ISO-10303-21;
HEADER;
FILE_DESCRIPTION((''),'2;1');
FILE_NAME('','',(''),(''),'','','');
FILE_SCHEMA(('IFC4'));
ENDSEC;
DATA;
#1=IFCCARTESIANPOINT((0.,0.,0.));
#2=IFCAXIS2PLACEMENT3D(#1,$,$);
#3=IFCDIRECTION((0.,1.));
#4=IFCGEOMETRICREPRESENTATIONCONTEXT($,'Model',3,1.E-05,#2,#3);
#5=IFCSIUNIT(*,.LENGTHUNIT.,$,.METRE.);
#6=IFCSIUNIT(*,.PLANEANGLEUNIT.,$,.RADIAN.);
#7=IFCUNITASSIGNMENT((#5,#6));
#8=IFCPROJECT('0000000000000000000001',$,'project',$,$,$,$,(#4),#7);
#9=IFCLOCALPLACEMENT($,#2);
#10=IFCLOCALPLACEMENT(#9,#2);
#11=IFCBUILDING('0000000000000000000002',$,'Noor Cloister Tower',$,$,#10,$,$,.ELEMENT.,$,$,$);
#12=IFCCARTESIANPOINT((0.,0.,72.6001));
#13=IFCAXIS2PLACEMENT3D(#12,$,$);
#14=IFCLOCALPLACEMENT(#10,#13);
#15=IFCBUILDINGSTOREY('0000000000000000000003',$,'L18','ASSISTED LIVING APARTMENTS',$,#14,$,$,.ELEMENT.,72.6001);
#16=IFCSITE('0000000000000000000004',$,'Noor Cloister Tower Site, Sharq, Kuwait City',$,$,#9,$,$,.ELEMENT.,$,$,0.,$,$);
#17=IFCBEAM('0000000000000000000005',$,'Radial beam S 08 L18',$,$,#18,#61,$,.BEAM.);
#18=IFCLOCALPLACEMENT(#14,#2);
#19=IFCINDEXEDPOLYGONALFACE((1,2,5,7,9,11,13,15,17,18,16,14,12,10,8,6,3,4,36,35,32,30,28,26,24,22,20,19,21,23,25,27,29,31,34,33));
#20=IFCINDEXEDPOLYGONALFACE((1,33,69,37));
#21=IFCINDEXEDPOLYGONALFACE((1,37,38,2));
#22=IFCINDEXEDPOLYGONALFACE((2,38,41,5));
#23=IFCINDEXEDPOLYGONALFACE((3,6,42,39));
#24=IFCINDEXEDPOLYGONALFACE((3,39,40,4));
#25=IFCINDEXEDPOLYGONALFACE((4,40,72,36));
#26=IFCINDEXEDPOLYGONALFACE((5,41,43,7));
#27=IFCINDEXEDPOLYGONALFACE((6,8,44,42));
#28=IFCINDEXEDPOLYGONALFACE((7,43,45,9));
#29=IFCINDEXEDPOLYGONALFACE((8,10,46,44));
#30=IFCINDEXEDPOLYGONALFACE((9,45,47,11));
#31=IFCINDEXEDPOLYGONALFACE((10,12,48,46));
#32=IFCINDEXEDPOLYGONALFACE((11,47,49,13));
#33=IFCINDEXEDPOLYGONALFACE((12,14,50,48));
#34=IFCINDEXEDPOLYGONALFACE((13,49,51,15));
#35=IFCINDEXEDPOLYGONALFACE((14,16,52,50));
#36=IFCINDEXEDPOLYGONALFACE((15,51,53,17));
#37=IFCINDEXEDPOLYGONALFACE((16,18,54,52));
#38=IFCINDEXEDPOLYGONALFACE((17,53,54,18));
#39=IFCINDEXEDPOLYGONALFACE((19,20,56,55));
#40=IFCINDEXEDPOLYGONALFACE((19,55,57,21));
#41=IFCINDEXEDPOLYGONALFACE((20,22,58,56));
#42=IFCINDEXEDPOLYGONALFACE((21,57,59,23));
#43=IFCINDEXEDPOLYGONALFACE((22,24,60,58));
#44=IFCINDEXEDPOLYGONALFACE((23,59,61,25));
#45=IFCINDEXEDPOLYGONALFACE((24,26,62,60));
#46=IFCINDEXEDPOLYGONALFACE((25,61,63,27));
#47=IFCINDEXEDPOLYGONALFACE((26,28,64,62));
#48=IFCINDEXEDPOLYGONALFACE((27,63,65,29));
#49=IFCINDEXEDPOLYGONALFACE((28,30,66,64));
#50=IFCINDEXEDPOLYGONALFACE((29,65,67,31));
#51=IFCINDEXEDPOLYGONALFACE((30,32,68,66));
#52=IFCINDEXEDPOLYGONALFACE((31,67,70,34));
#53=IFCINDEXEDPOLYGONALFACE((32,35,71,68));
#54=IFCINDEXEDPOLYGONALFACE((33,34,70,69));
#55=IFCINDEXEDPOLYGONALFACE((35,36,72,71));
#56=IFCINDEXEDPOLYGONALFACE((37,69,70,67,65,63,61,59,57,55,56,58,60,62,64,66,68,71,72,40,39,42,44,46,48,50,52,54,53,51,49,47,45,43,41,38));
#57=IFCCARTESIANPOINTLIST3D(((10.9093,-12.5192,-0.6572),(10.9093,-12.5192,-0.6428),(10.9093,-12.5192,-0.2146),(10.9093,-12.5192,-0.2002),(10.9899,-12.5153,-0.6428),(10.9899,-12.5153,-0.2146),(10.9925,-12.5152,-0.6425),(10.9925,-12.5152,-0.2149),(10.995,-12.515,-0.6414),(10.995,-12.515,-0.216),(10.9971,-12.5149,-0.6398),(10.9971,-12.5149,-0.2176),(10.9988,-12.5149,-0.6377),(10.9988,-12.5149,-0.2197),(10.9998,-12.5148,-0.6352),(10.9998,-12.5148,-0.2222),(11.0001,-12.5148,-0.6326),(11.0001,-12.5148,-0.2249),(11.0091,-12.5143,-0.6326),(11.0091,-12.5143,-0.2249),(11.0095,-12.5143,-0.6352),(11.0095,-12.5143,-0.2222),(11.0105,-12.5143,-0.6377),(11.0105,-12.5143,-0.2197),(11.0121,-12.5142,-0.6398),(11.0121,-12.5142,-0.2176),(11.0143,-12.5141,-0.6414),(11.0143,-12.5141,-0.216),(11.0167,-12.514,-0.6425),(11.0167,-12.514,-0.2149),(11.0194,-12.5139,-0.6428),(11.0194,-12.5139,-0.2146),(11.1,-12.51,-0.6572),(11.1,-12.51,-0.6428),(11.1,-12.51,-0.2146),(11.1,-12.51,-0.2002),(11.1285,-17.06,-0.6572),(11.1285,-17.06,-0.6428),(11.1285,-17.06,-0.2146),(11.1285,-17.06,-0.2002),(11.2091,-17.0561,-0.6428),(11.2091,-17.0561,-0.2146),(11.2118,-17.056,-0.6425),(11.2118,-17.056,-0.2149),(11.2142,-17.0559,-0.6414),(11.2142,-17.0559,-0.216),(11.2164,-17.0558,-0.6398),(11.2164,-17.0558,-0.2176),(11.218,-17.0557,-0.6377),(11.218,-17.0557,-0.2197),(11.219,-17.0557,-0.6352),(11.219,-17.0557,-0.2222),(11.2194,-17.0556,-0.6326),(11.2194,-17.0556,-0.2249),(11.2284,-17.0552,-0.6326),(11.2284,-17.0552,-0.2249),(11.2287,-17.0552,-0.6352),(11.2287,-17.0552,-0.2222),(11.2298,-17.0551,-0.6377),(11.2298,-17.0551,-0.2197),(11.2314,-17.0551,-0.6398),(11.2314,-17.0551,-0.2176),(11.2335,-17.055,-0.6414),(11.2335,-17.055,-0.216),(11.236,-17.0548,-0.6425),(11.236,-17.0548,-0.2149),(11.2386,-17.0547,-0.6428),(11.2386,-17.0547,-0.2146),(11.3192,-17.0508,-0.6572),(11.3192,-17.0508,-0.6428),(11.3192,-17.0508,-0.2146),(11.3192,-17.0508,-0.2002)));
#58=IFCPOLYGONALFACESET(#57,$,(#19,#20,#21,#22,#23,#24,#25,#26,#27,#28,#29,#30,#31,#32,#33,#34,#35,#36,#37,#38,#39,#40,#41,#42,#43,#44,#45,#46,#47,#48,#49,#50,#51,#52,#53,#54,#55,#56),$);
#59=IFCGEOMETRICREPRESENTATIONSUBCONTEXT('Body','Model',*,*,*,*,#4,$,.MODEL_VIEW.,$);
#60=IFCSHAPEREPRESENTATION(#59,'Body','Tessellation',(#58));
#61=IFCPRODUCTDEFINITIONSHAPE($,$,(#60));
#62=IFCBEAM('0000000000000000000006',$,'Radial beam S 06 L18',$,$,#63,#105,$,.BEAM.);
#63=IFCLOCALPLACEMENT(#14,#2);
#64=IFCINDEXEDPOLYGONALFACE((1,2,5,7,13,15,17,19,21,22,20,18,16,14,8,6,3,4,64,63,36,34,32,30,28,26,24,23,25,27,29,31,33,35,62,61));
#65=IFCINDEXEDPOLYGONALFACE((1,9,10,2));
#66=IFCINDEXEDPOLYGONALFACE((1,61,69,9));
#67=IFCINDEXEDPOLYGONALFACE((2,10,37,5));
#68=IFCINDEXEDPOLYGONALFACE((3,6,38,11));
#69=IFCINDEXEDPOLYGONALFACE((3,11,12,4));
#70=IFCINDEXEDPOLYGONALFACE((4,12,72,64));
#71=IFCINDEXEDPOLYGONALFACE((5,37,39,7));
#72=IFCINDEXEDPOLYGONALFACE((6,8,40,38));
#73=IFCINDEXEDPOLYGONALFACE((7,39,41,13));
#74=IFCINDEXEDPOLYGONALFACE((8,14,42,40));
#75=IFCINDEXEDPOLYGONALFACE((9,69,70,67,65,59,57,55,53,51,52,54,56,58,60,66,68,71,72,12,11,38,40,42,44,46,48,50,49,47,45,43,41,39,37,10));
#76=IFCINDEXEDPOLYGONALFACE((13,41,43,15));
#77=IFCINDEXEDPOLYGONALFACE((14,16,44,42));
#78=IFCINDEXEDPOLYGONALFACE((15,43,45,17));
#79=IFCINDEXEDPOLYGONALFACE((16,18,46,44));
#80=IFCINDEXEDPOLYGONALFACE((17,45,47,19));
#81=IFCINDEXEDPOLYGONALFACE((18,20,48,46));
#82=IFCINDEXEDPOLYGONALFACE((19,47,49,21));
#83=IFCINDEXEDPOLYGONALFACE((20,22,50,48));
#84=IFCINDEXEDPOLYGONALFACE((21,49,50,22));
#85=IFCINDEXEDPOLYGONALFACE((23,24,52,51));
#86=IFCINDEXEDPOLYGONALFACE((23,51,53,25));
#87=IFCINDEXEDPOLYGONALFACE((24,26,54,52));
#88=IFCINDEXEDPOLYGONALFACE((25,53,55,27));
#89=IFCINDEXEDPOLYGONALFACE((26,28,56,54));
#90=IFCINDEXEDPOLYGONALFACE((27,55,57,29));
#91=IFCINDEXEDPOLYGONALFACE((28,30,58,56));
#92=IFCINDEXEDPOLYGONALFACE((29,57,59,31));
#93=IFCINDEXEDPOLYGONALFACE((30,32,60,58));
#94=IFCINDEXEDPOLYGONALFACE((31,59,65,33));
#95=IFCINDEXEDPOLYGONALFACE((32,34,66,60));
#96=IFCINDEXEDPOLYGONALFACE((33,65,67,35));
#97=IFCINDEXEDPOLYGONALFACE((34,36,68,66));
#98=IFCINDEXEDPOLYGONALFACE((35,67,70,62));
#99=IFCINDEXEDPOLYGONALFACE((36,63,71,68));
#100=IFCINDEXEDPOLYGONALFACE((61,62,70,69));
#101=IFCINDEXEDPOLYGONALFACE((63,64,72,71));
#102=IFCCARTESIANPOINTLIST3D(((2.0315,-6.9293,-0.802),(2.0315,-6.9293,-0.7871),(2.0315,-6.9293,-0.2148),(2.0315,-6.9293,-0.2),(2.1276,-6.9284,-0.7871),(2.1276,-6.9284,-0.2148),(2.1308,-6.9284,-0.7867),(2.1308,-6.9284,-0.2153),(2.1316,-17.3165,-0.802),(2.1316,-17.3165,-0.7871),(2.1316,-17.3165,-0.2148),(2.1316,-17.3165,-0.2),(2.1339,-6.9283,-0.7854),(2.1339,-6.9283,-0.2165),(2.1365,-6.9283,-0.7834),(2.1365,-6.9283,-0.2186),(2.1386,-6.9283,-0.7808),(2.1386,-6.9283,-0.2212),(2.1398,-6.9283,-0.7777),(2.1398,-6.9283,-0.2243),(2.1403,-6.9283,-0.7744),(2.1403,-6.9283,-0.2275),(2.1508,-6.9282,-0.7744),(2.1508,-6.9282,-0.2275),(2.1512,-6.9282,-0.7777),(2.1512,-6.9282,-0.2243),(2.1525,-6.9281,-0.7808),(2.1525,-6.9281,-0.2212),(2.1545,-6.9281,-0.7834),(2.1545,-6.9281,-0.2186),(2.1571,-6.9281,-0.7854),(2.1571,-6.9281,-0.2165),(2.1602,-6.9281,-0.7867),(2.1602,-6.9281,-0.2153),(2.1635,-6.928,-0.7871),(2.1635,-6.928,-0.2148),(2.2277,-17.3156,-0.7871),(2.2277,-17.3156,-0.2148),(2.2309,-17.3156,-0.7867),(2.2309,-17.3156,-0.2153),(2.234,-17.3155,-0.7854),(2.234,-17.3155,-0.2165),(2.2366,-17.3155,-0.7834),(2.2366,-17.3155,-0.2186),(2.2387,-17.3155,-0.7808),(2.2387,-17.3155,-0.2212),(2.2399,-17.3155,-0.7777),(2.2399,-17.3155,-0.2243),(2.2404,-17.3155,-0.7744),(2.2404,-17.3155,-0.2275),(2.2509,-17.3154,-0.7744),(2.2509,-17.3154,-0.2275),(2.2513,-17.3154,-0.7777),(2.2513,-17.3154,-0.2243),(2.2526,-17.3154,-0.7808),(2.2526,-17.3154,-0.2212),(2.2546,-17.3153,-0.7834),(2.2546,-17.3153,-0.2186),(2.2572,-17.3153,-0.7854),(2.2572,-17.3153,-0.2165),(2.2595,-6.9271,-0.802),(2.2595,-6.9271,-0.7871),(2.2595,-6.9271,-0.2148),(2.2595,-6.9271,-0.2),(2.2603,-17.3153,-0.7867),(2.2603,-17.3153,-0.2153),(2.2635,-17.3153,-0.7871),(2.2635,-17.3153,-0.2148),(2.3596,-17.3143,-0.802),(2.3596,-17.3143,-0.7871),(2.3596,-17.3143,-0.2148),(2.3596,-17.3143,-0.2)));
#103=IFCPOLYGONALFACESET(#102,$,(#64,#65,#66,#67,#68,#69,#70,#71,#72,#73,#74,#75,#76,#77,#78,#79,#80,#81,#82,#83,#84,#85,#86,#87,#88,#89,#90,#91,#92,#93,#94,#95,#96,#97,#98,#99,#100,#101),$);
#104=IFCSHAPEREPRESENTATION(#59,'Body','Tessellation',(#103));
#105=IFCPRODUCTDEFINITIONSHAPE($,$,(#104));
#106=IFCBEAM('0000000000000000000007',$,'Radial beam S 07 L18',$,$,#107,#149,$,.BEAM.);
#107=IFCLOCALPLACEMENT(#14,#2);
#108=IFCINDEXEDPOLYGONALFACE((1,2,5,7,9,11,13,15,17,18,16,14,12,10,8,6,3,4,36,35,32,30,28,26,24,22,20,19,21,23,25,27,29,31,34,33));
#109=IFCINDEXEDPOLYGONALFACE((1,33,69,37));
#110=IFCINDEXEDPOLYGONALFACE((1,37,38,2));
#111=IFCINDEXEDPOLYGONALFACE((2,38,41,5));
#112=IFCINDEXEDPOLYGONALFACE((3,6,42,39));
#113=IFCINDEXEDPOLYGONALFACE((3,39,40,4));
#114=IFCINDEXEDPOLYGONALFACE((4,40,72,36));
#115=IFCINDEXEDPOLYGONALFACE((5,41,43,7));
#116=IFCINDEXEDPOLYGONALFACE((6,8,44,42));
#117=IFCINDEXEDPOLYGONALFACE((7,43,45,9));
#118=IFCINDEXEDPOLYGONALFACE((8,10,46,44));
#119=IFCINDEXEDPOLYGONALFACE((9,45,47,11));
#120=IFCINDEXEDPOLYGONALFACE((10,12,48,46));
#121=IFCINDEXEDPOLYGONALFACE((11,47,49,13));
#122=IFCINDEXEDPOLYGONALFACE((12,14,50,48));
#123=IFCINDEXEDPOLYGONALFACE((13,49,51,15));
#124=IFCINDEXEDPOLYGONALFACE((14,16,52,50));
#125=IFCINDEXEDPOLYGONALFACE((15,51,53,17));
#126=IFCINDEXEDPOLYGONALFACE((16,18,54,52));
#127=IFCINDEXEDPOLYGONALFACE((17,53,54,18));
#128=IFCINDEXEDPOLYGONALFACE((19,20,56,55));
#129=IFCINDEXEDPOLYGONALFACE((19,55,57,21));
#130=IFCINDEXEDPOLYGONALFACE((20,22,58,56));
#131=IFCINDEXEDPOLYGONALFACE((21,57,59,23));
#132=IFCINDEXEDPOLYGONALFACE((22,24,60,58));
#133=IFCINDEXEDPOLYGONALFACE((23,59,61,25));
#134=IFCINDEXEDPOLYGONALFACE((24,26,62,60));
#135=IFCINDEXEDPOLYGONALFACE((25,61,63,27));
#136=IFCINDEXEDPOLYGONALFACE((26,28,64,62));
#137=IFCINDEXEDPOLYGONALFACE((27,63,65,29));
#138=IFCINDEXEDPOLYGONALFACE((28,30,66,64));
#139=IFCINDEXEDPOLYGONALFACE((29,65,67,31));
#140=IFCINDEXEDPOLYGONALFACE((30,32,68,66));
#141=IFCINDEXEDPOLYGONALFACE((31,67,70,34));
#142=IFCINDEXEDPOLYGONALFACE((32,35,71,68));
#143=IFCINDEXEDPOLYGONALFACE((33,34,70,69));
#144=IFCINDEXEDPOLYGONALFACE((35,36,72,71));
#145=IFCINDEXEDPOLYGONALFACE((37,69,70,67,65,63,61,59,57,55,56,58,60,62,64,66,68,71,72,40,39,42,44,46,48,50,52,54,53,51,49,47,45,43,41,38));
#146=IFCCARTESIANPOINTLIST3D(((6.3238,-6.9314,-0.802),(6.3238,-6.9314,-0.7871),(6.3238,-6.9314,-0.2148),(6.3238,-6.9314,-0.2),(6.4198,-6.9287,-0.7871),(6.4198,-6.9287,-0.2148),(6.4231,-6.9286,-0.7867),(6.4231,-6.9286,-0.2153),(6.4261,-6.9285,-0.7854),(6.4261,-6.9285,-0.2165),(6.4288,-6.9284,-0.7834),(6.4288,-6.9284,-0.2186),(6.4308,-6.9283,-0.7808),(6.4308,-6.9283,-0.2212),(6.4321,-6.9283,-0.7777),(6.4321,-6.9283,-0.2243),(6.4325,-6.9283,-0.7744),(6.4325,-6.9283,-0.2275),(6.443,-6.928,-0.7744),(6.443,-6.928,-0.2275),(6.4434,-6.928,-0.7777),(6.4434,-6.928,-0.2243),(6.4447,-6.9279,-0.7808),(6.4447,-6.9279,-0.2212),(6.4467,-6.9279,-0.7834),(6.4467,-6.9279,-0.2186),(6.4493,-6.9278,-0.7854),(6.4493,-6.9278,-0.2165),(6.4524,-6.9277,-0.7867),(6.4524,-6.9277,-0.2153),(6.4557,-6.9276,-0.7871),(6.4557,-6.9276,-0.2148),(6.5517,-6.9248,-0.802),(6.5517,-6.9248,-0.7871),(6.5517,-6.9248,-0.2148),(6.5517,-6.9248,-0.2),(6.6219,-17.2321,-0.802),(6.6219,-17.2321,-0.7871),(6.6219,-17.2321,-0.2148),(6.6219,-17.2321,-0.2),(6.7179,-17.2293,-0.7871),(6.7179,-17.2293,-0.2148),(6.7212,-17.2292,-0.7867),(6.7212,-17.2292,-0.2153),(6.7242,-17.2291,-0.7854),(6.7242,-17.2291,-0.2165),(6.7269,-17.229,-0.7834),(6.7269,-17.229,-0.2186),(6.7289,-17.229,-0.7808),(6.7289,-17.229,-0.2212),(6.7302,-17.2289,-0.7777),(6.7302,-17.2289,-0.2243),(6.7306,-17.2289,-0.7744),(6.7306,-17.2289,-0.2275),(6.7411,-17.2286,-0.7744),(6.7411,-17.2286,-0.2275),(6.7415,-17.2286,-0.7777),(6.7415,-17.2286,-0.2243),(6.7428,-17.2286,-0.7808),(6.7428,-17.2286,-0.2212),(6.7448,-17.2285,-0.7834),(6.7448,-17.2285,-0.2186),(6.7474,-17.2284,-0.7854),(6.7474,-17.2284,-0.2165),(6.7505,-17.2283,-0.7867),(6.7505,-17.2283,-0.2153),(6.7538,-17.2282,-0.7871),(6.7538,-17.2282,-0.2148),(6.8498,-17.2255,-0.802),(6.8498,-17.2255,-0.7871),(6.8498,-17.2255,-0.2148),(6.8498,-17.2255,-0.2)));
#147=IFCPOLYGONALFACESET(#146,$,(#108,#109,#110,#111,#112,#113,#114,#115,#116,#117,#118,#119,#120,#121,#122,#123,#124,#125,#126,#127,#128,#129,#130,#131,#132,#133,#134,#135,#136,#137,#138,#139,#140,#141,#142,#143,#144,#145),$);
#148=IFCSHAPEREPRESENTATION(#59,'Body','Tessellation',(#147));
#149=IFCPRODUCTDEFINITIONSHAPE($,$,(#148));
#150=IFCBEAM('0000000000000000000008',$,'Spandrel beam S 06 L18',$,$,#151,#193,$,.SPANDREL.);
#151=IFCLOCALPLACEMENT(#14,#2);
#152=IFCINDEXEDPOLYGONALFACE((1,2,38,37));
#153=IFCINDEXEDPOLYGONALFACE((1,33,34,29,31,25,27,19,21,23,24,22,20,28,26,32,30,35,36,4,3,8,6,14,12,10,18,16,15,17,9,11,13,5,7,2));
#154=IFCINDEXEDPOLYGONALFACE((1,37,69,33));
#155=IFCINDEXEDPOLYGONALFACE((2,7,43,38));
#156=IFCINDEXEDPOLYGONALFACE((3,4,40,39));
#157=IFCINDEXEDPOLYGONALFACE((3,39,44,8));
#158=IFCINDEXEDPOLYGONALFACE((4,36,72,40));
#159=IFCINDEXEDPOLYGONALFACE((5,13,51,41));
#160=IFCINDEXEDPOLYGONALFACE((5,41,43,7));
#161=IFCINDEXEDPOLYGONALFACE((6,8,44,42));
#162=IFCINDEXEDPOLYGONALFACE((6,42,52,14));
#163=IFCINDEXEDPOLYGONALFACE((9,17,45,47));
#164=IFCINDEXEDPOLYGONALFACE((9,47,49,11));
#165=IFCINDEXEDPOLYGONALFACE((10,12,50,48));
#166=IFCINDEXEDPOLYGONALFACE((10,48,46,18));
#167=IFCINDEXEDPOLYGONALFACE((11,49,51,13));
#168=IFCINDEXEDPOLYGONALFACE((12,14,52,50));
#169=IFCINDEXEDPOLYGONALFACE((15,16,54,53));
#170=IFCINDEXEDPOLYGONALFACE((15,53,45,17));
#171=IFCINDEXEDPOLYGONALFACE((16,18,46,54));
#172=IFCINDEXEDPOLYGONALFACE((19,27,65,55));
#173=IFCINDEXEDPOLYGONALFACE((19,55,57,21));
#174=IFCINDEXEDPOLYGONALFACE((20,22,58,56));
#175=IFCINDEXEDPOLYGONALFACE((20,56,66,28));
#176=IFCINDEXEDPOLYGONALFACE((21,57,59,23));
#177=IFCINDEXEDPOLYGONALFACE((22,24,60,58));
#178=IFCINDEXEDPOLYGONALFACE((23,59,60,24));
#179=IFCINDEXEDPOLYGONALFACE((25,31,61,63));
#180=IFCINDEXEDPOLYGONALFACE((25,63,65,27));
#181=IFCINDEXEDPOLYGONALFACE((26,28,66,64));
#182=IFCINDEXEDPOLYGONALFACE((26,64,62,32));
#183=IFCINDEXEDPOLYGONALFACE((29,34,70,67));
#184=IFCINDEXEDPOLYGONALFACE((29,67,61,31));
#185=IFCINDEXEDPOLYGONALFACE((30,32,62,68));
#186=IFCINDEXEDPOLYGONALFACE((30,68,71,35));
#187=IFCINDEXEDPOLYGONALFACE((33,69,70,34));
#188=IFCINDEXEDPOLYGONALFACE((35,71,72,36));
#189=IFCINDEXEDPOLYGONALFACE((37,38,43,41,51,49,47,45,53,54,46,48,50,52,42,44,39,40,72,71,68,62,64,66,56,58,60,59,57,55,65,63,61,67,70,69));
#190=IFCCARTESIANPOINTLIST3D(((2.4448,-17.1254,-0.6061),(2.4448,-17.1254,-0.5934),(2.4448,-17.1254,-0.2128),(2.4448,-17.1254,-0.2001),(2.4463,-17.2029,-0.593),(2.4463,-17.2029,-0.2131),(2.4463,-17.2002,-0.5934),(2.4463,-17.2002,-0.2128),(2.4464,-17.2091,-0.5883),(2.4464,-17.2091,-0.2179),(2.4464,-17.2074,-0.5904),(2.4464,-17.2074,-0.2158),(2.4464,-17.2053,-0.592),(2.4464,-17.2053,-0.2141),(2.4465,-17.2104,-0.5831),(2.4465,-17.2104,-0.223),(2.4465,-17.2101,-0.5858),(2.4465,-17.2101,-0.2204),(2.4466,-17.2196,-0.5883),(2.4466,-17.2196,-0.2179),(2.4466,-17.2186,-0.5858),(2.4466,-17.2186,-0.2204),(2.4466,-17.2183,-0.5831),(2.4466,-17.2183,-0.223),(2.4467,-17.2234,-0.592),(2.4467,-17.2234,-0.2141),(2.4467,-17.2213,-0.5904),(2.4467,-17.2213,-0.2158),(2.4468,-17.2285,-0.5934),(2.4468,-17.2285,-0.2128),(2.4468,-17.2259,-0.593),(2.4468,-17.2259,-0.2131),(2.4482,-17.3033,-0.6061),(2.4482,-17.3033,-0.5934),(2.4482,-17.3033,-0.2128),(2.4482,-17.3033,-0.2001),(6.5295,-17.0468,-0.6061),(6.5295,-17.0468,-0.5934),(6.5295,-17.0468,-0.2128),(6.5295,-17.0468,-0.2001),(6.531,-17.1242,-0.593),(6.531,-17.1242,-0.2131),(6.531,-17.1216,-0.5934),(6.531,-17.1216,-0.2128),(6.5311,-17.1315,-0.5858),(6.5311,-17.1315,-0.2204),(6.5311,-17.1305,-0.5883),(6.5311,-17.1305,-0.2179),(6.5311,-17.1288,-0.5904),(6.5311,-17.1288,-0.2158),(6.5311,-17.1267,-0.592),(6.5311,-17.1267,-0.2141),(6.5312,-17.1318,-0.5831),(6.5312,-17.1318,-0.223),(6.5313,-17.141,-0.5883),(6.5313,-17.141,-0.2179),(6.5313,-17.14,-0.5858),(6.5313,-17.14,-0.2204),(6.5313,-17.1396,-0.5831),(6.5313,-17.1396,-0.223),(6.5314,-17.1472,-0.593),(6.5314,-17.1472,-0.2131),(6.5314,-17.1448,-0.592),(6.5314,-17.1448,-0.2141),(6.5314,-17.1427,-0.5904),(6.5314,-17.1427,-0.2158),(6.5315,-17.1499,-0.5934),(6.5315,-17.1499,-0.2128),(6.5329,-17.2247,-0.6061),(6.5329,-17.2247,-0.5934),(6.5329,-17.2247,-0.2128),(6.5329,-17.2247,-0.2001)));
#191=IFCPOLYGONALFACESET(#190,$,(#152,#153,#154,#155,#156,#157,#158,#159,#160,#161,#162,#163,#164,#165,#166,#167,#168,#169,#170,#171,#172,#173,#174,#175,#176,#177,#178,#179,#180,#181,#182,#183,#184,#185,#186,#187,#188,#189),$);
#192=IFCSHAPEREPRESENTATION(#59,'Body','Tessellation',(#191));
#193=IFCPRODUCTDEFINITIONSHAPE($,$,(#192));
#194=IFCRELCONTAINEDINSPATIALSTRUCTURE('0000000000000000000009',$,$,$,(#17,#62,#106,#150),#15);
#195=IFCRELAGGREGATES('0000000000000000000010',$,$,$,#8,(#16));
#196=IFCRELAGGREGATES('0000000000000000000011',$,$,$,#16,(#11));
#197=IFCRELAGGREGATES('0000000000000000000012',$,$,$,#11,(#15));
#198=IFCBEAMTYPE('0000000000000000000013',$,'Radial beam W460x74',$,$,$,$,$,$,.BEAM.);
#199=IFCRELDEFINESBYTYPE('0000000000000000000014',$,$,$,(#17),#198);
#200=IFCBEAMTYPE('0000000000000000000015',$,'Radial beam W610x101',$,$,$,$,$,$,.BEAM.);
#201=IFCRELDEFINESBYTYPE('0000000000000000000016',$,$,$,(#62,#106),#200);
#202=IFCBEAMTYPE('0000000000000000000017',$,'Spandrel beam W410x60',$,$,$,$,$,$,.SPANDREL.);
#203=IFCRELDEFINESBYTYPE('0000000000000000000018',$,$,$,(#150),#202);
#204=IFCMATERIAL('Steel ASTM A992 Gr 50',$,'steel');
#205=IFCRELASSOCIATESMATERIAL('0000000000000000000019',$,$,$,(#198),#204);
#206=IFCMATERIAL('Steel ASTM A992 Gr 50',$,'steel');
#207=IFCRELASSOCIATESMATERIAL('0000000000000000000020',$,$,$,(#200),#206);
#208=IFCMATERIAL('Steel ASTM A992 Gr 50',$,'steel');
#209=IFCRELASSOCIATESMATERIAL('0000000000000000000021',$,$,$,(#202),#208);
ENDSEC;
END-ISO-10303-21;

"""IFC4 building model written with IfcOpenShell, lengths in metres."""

from ifc_helpers import new_model, si_unit, direction, frame, origin, origin_2d, place, context, subcontext, project, spatial, i_section, extrude, material, material_profile, profile_set, type_object, element, save


model = new_model("IFC4")

# Units and contexts
model_context = context("Model", 3, precision=1e-05, world=origin(), true_north=direction((0.0, 1.0)))
body_context = subcontext(model_context, "Body", "Model", "MODEL_VIEW")
ifc_project = project(units=[si_unit("LENGTHUNIT", "METRE"), si_unit("PLANEANGLEUNIT", "RADIAN")], contexts=[model_context])

# Site, building, storey
site_placement = place(None, origin())
site = spatial("IfcSite", under=ifc_project, at=site_placement, Name="Noor Cloister Tower Site, Sharq, Kuwait City", CompositionType="ELEMENT", RefElevation=0.0)
building_placement = place(site_placement, origin())
building = spatial("IfcBuilding", under=site, at=building_placement, Name="Noor Cloister Tower", CompositionType="ELEMENT")
storey_placement = place(building_placement, frame((0.0, 0.0, 72.6001)))
storey = spatial("IfcBuildingStorey", under=building, at=storey_placement, Name="L18", Description="ASSISTED LIVING APARTMENTS", CompositionType="ELEMENT", Elevation=72.6001)

# Beams
ifc_material_1 = material(Name="Steel ASTM A992 Gr 50", Category="steel")
ifc_material_profile_1 = material_profile(ifc_material_1, i_section(OverallWidth=0.1909, OverallDepth=0.457, WebThickness=0.009, FlangeThickness=0.0144, FilletRadius=0.0103, at=origin_2d()), Name="W460x74")
ifc_profile_set_1 = profile_set([ifc_material_profile_1], Name="Steel ASTM A992 Gr 50")
beam_type_1 = type_object("IfcBeamType", Name="Radial beam W460x74", PredefinedType="BEAM", material=ifc_profile_set_1)
beam_1_placement = place(storey_placement, frame((11.2239, -17.0554, -0.4287), z_axis=(-0.048226, 0.998836, 0.0), x_axis=(-0.998836, -0.048226, 0.0)))
element("IfcBeam", 1, at=beam_1_placement, inside=storey, type_object=beam_type_1, Name="Radial beam S 08 L18", PredefinedType="BEAM", context=body_context, shape_type="SweptSolid", body=[
    extrude(i_section(OverallWidth=0.1909, OverallDepth=0.457, WebThickness=0.009, FlangeThickness=0.0144, FilletRadius=0.0103, at=origin_2d()), origin(), (0.0, 0.0, 1.0), 4.5461),
])
ifc_material_2 = material(Name="Steel ASTM A992 Gr 50", Category="steel")
ifc_material_profile_2 = material_profile(ifc_material_2, i_section(OverallWidth=0.228, OverallDepth=0.6021, WebThickness=0.0105, FlangeThickness=0.0149, FilletRadius=0.0127, at=origin_2d()), Name="W610x101")
ifc_profile_set_2 = profile_set([ifc_material_profile_2], Name="Steel ASTM A992 Gr 50")
beam_type_2 = type_object("IfcBeamType", Name="Radial beam W610x101", PredefinedType="BEAM", material=ifc_profile_set_2)
beam_2_placement = place(storey_placement, frame((2.2456, -17.3154, -0.501), z_axis=(-0.009636, 0.999954, 0.0), x_axis=(-0.999954, -0.009636, 0.0)))
element("IfcBeam", 2, at=beam_2_placement, inside=storey, type_object=beam_type_2, Name="Radial beam S 06 L18", PredefinedType="BEAM", context=body_context, shape_type="SweptSolid", body=[
    extrude(i_section(OverallWidth=0.228, OverallDepth=0.6021, WebThickness=0.0105, FlangeThickness=0.0149, FilletRadius=0.0127, at=origin_2d()), origin(), (0.0, 0.0, 1.0), 10.3877),
])
beam_3_placement = place(storey_placement, frame((6.7358, -17.2288, -0.501), z_axis=(-0.028928, 0.999582, 0.0), x_axis=(-0.999582, -0.028928, 0.0)))
element("IfcBeam", 3, at=beam_3_placement, inside=storey, type_object=beam_type_2, Name="Radial beam S 07 L18", PredefinedType="BEAM", context=body_context, shape_type="SweptSolid", body=[
    extrude(i_section(OverallWidth=0.228, OverallDepth=0.6021, WebThickness=0.0105, FlangeThickness=0.0149, FilletRadius=0.0127, at=origin_2d()), origin(), (0.0, 0.0, 1.0), 10.3049),
])
ifc_material_3 = material(Name="Steel ASTM A992 Gr 50", Category="steel")
ifc_material_profile_3 = material_profile(ifc_material_3, i_section(OverallWidth=0.178, OverallDepth=0.406, WebThickness=0.0078, FlangeThickness=0.0127, FilletRadius=0.0103, at=origin_2d()), Name="W410x60")
ifc_profile_set_3 = profile_set([ifc_material_profile_3], Name="Steel ASTM A992 Gr 50")
beam_type_3 = type_object("IfcBeamType", Name="Spandrel beam W410x60", PredefinedType="SPANDREL", material=ifc_profile_set_3)
beam_4_placement = place(storey_placement, frame((2.4465, -17.2144, -0.4031), z_axis=(0.999815, 0.019242, 0.0), x_axis=(-0.019242, 0.999815, 0.0)))
element("IfcBeam", 4, at=beam_4_placement, inside=storey, type_object=beam_type_3, Name="Spandrel beam S 06 L18", PredefinedType="SPANDREL", context=body_context, shape_type="SweptSolid", body=[
    extrude(i_section(OverallWidth=0.178, OverallDepth=0.406, WebThickness=0.0078, FlangeThickness=0.0127, FilletRadius=0.0103, at=origin_2d()), origin(), (0.0, 0.0, 1.0), 4.0854),
])

save(model, "model.ifc")
